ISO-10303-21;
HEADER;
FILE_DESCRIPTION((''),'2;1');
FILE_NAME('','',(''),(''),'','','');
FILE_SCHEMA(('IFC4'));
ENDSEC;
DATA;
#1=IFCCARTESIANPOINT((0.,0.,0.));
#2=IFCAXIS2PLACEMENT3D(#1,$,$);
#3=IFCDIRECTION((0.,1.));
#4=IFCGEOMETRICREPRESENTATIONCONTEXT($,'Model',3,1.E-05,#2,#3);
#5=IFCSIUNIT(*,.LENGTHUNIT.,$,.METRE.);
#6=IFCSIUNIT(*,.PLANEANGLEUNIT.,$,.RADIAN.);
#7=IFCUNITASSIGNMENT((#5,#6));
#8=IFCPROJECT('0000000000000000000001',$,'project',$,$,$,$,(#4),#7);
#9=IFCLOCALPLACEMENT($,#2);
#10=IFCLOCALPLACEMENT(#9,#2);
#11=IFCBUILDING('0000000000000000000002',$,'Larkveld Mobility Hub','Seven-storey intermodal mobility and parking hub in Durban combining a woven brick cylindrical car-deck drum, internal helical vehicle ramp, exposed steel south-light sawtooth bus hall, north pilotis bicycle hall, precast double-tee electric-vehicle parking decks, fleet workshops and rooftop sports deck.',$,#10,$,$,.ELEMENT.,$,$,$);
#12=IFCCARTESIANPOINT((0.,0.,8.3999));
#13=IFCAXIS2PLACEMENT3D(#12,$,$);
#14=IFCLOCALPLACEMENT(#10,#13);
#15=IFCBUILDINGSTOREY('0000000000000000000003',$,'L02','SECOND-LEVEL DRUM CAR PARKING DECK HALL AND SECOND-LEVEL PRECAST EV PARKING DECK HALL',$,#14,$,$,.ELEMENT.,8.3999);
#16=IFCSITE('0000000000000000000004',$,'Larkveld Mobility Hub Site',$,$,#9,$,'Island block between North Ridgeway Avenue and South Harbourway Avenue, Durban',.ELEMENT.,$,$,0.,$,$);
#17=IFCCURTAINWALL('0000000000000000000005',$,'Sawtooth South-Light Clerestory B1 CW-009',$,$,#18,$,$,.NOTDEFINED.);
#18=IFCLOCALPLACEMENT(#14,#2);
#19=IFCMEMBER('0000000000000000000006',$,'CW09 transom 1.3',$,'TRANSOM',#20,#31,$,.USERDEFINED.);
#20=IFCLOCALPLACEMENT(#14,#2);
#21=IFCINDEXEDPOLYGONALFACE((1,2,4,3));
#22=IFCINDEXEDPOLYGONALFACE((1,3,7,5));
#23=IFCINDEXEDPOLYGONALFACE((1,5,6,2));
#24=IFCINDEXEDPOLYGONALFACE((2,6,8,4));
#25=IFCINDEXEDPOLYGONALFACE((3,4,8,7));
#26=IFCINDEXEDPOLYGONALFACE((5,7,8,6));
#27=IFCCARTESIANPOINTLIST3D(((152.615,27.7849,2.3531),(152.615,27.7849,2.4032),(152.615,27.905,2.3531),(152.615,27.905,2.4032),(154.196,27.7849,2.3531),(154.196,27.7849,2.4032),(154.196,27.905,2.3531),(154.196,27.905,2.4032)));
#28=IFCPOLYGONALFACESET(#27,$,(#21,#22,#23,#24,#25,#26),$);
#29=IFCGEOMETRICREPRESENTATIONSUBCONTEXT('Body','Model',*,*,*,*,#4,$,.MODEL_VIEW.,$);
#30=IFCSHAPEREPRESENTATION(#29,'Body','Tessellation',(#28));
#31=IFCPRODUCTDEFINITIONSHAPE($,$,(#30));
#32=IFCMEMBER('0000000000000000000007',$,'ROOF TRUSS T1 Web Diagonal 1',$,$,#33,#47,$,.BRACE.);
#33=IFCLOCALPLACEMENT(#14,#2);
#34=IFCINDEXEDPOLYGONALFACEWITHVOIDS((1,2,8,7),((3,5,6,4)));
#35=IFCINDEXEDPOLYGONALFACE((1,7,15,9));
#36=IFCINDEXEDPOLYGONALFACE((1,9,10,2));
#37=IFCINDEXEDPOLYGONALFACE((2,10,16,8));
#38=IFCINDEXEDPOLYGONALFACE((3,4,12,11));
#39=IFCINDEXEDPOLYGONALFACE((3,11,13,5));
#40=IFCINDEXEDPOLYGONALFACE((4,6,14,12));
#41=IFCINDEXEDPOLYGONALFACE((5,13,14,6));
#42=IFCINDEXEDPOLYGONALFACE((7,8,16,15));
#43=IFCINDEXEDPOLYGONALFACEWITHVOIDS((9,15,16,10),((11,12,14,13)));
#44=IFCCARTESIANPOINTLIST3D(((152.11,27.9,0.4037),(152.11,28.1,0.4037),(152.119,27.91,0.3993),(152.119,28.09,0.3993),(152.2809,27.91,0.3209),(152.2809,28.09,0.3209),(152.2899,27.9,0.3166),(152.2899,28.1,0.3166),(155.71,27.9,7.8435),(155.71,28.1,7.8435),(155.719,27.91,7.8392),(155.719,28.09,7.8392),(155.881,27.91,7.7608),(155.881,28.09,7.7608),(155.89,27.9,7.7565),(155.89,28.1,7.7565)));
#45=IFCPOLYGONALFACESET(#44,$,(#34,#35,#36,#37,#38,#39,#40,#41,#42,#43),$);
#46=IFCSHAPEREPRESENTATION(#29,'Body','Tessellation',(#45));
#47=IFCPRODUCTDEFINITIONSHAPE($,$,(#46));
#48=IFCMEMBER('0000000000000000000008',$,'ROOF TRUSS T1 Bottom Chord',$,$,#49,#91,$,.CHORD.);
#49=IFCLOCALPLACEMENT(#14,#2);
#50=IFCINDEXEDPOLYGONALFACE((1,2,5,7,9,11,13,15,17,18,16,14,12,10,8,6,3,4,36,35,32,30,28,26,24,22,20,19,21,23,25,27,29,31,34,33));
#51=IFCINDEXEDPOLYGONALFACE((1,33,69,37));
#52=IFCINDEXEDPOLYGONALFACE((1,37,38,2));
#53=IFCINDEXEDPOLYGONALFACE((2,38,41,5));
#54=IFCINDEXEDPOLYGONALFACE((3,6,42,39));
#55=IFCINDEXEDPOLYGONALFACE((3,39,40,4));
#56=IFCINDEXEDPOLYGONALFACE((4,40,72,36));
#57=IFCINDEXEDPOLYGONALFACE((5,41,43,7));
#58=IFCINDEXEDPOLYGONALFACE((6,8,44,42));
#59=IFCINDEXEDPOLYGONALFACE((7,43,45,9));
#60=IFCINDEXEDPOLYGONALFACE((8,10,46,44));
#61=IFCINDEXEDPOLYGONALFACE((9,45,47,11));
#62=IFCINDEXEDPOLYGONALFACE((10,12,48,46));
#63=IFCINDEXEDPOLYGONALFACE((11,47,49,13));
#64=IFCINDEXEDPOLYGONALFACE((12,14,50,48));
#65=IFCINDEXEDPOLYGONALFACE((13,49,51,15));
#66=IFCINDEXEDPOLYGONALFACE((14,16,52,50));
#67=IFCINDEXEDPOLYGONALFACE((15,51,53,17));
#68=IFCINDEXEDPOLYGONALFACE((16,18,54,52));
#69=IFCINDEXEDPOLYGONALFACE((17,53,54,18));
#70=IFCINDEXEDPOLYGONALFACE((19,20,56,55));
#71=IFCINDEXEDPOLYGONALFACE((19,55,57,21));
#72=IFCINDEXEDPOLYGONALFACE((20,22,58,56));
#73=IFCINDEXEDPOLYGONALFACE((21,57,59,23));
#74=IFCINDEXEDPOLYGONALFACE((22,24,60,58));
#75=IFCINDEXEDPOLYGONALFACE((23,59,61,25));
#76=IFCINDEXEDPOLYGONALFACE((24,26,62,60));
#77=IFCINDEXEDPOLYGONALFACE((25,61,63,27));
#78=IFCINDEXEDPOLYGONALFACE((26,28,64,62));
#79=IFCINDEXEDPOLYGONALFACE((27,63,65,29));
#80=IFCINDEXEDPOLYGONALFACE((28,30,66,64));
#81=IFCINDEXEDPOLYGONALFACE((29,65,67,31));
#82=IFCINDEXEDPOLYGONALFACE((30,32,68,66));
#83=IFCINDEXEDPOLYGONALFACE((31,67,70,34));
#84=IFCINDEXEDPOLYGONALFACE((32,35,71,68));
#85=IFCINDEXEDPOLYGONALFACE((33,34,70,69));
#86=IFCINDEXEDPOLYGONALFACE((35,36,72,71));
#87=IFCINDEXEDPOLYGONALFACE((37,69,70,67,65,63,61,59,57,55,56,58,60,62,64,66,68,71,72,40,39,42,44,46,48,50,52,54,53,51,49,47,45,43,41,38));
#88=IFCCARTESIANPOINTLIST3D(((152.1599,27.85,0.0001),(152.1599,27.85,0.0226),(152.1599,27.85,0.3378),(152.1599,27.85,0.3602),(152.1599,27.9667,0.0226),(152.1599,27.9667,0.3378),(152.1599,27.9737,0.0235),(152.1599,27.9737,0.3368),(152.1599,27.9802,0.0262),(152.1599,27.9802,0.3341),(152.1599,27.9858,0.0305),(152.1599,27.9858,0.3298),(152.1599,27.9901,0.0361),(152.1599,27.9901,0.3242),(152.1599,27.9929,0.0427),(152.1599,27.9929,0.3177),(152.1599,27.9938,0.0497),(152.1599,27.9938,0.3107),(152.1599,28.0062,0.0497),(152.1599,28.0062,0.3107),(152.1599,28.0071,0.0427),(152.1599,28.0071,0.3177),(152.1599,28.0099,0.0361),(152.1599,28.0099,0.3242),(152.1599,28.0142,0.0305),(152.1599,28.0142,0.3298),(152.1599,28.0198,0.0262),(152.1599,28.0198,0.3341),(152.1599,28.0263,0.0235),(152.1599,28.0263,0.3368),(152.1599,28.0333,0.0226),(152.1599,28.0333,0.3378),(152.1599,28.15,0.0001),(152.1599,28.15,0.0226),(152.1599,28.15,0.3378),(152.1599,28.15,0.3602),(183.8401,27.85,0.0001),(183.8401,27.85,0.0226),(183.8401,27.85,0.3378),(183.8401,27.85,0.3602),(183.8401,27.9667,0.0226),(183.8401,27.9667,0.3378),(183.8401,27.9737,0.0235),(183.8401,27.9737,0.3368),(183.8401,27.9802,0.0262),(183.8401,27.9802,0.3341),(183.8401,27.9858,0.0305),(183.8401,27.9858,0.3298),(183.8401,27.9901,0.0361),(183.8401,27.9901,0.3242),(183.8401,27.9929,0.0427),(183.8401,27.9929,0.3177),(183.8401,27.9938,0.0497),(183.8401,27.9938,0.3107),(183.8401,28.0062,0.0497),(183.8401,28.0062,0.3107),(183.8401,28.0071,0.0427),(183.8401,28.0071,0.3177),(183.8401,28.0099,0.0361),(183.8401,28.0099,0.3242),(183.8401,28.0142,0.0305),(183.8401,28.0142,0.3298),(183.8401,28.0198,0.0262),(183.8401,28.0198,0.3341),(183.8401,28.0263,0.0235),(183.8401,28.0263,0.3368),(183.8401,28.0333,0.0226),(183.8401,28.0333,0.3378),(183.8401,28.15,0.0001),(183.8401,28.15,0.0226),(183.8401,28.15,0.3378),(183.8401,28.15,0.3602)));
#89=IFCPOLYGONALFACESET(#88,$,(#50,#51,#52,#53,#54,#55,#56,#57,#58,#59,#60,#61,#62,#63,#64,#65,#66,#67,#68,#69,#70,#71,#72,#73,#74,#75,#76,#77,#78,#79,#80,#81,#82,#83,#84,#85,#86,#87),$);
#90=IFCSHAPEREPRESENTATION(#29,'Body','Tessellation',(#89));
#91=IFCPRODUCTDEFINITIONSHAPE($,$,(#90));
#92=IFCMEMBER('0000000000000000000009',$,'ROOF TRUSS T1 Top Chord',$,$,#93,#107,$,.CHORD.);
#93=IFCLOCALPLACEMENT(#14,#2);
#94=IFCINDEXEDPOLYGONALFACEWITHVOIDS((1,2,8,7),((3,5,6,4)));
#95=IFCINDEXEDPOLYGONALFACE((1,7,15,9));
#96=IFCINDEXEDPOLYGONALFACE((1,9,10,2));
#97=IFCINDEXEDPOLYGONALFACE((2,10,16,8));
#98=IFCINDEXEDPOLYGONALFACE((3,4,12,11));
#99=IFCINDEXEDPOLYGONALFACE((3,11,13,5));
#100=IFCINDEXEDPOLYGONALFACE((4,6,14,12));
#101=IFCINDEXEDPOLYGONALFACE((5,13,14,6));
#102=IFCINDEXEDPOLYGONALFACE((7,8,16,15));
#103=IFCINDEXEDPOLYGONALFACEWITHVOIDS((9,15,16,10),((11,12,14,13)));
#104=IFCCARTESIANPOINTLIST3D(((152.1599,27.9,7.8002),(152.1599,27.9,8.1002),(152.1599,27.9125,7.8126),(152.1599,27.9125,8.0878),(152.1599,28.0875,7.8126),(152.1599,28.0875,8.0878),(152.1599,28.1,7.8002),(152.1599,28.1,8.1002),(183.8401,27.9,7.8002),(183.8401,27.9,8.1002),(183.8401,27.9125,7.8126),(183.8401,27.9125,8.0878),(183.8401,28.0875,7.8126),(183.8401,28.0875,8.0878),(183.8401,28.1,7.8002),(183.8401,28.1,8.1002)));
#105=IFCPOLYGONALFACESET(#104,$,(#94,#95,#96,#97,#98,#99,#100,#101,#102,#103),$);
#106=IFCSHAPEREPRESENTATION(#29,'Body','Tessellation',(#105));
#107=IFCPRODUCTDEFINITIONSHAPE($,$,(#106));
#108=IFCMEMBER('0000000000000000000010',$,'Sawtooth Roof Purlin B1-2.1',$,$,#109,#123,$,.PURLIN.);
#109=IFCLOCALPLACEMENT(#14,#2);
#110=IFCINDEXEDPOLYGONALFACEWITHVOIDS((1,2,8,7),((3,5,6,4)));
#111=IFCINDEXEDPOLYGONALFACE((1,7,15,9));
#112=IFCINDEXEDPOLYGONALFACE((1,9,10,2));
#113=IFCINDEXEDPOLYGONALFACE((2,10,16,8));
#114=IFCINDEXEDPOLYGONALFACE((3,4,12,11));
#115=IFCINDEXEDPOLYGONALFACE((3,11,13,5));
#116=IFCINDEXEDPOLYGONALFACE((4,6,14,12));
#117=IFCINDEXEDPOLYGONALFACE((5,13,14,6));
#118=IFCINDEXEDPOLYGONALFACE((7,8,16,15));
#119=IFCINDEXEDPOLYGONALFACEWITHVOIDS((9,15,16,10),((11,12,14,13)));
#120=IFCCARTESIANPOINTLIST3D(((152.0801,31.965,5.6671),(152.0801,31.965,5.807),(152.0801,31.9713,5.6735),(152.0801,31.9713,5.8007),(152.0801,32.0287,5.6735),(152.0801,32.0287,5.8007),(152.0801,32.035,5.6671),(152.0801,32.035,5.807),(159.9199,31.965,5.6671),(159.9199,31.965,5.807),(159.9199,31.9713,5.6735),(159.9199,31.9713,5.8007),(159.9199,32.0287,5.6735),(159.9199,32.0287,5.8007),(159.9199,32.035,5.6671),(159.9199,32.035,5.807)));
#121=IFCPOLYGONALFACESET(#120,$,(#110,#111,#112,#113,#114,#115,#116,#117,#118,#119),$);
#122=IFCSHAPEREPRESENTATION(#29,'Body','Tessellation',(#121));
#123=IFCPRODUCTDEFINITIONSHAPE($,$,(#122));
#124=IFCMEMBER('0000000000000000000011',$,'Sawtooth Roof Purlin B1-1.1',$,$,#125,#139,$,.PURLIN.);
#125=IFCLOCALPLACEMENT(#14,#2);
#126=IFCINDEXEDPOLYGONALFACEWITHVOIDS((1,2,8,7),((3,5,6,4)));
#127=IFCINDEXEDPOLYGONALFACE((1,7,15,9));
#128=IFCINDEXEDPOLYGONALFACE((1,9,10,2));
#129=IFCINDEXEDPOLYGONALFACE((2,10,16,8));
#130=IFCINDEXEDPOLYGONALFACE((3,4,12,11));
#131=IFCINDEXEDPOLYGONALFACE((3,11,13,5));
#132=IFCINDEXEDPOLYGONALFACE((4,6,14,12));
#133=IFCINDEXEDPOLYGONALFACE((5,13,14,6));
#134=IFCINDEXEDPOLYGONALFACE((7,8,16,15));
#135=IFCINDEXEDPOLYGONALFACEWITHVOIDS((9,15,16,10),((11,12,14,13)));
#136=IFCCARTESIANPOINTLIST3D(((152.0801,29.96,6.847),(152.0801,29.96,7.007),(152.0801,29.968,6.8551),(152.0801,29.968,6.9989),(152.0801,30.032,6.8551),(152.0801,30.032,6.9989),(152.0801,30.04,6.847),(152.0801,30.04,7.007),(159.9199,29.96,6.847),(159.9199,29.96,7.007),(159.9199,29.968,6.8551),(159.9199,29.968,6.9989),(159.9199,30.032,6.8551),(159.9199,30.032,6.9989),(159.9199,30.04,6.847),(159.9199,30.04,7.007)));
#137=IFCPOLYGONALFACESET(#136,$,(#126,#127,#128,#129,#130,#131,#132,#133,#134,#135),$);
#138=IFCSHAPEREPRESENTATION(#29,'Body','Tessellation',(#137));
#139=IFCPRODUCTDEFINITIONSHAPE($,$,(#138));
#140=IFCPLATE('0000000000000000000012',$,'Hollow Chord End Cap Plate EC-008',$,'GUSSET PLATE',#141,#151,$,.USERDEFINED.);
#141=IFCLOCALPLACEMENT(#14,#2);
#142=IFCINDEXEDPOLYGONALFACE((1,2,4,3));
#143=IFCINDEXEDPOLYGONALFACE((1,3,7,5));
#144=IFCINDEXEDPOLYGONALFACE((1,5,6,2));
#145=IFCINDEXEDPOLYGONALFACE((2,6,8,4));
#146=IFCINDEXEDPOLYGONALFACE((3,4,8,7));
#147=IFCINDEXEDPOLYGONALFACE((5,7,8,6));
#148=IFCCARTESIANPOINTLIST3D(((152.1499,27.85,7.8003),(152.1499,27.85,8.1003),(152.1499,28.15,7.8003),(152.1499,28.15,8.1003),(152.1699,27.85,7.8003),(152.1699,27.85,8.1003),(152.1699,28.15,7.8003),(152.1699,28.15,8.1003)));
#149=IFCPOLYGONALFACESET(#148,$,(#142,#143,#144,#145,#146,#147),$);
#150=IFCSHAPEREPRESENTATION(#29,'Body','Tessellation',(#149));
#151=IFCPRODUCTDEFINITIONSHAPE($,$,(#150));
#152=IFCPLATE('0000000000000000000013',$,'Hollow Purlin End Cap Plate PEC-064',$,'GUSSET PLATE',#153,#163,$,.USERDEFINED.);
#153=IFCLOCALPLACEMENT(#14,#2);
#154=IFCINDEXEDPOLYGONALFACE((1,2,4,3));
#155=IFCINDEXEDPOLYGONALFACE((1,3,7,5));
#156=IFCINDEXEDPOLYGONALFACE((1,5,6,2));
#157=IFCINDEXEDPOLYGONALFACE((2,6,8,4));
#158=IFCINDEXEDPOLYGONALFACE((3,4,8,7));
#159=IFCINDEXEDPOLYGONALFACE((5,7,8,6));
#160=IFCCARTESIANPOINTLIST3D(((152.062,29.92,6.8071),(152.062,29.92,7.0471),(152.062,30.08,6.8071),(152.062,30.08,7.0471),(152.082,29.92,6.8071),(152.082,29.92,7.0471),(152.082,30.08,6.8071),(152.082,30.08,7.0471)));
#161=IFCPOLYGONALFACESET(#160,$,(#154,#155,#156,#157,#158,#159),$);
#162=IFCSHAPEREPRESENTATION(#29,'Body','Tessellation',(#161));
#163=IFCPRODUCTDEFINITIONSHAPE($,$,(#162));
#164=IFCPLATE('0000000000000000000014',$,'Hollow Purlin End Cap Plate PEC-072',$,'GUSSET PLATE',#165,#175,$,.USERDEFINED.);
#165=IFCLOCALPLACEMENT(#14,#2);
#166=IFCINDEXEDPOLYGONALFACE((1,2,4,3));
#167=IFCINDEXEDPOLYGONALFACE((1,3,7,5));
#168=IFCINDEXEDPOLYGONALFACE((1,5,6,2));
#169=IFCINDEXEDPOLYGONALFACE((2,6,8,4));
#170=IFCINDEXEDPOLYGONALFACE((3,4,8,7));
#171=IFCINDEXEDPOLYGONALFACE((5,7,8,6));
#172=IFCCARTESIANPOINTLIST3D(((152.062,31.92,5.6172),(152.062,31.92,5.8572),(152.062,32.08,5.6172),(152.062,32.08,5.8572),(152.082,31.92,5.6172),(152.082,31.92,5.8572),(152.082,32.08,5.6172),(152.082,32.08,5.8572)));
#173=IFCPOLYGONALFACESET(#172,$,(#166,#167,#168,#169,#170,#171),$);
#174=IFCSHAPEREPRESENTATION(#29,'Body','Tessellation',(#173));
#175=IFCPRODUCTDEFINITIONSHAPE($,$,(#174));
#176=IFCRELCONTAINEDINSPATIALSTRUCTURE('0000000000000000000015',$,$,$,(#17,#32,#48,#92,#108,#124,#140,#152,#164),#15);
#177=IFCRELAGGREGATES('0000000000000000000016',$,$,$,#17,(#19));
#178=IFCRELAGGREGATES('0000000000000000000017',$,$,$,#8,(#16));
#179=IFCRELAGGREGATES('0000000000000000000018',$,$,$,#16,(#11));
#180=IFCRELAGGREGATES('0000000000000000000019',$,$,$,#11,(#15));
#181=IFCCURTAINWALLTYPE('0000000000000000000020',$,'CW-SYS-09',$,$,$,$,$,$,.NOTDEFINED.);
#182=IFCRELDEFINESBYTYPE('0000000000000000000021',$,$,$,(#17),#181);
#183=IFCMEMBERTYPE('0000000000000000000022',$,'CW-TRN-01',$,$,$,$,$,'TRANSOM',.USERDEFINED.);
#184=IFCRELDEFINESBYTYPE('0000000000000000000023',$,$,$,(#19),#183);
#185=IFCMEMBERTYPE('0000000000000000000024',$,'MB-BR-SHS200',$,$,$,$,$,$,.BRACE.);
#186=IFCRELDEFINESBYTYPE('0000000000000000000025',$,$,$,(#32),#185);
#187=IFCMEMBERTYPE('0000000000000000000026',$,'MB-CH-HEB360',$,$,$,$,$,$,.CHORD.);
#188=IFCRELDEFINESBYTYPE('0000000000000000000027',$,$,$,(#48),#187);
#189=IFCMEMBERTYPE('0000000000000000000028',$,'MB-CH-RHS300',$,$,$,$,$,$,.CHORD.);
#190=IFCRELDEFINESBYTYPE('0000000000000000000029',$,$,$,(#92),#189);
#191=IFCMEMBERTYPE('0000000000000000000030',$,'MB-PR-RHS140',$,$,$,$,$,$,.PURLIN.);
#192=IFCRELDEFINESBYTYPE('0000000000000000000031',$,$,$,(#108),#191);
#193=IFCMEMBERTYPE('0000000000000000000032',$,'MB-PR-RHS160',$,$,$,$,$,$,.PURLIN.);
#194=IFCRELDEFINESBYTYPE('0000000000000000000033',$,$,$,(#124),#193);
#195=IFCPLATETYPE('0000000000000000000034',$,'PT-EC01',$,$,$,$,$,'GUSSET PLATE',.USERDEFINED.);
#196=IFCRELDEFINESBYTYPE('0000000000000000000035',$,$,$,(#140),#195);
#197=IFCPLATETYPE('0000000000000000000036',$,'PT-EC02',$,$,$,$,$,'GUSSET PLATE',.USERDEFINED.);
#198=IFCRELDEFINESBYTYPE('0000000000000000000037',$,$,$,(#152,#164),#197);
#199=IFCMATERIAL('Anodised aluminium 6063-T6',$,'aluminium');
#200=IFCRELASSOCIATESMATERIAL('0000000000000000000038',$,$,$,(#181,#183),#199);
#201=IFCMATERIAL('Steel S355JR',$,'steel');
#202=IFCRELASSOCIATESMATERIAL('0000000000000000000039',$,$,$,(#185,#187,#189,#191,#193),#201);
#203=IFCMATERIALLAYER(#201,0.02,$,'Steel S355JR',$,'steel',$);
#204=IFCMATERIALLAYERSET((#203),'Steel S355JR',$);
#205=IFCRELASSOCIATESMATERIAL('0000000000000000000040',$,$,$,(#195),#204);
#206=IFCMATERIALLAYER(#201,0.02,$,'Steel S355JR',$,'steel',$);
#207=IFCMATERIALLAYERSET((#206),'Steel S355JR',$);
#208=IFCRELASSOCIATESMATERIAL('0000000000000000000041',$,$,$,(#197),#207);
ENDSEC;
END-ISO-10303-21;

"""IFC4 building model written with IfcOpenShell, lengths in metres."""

from ifc_helpers import new_model, si_unit, direction, frame, origin, origin_2d, place, context, subcontext, project, spatial, rectangle, hollow_rectangle, i_section, extrude, material, layer, layer_set, material_profile, profile_set, type_object, element, aggregate, save


model = new_model("IFC4")

# Units and contexts
model_context = context("Model", 3, precision=1e-05, world=origin(), true_north=direction((0.0, 1.0)))
body_context = subcontext(model_context, "Body", "Model", "MODEL_VIEW")
ifc_project = project(units=[si_unit("LENGTHUNIT", "METRE"), si_unit("PLANEANGLEUNIT", "RADIAN")], contexts=[model_context])

# Site, building, storey
site_placement = place(None, origin())
site = spatial("IfcSite", under=ifc_project, at=site_placement, Name="Larkveld Mobility Hub Site", LongName="Island block between North Ridgeway Avenue and South Harbourway Avenue, Durban", CompositionType="ELEMENT", RefElevation=0.0)
building_placement = place(site_placement, origin())
building = spatial("IfcBuilding", under=site, at=building_placement, Name="Larkveld Mobility Hub", Description="Seven-storey intermodal mobility and parking hub in Durban combining a woven brick cylindrical car-deck drum, internal helical vehicle ramp, exposed steel south-light sawtooth bus hall, north pilotis bicycle hall, precast double-tee electric-vehicle parking decks, fleet workshops and rooftop sports deck.", CompositionType="ELEMENT")
storey_placement = place(building_placement, frame((0.0, 0.0, 8.3999)))
storey = spatial("IfcBuildingStorey", under=building, at=storey_placement, Name="L02", Description="SECOND-LEVEL DRUM CAR PARKING DECK HALL AND SECOND-LEVEL PRECAST EV PARKING DECK HALL", CompositionType="ELEMENT", Elevation=8.3999)

# Shared definitions
ifc_material_1 = material(Name="Steel S355JR", Category="steel")

# Curtain wall, member
ifc_material_2 = material(Name="Anodised aluminium 6063-T6", Category="aluminium")
curtain_wall_type = type_object("IfcCurtainWallType", Name="CW-SYS-09", PredefinedType="NOTDEFINED", material=ifc_material_2)
curtain_wall_placement = place(storey_placement, origin())
curtain_wall = element("IfcCurtainWall", 1, at=curtain_wall_placement, inside=storey, type_object=curtain_wall_type, Name="Sawtooth South-Light Clerestory B1 CW-009", PredefinedType="NOTDEFINED")
ifc_material_profile_1 = material_profile(ifc_material_2, rectangle(XDim=0.1201, YDim=0.05, at=origin_2d()), Name="ALU TRAN 50x120")
ifc_profile_set_1 = profile_set([ifc_material_profile_1], Name="Anodised aluminium 6063-T6")
member_type_1 = type_object("IfcMemberType", Name="CW-TRN-01", ElementType="TRANSOM", PredefinedType="USERDEFINED", material=ifc_profile_set_1)
member_1_placement = place(storey_placement, frame((152.615, 27.845, 2.3782), z_axis=(1.0, 0.0, 0.0), x_axis=(0.0, 1.0, 0.0)))
member_1 = element("IfcMember", 2, at=member_1_placement, type_object=member_type_1, Name="CW09 transom 1.3", ObjectType="TRANSOM", PredefinedType="USERDEFINED", context=body_context, shape_type="SweptSolid", body=[
    extrude(rectangle(XDim=0.1201, YDim=0.05, at=origin_2d()), origin(), (0.0, 0.0, 1.0), 1.5811),
])
aggregate(curtain_wall, [member_1])

# Members
ifc_material_profile_2 = material_profile(ifc_material_1, hollow_rectangle(XDim=0.2, YDim=0.2, WallThickness=0.01, at=origin_2d()), Name="SHS 200x200x10")
ifc_profile_set_2 = profile_set([ifc_material_profile_2], Name="Steel S355JR")
member_type_2 = type_object("IfcMemberType", Name="MB-BR-SHS200", PredefinedType="BRACE", material=ifc_profile_set_2)
member_2_placement = place(storey_placement, frame((152.2, 28.0, 0.3601), z_axis=(0.435573, 0.0, 0.900153), x_axis=(0.0, 1.0, 0.0)))
element("IfcMember", 3, at=member_2_placement, inside=storey, type_object=member_type_2, Name="ROOF TRUSS T1 Web Diagonal 1", PredefinedType="BRACE", context=body_context, shape_type="SweptSolid", body=[
    extrude(hollow_rectangle(XDim=0.2, YDim=0.2, WallThickness=0.01, at=origin_2d()), origin(), (0.0, 0.0, 1.0), 8.2651),
])
ifc_material_profile_3 = material_profile(ifc_material_1, i_section(OverallWidth=0.3, OverallDepth=0.3601, WebThickness=0.0125, FlangeThickness=0.0225, FilletRadius=0.0271, at=origin_2d()), Name="HEB 360")
ifc_profile_set_3 = profile_set([ifc_material_profile_3], Name="Steel S355JR")
member_type_3 = type_object("IfcMemberType", Name="MB-CH-HEB360", PredefinedType="CHORD", material=ifc_profile_set_3)
member_3_placement = place(storey_placement, frame((152.1599, 28.0, 0.1802), z_axis=(1.0, 0.0, 0.0), x_axis=(0.0, 1.0, 0.0)))
element("IfcMember", 4, at=member_3_placement, inside=storey, type_object=member_type_3, Name="ROOF TRUSS T1 Bottom Chord", PredefinedType="CHORD", context=body_context, shape_type="SweptSolid", body=[
    extrude(i_section(OverallWidth=0.3, OverallDepth=0.3601, WebThickness=0.0125, FlangeThickness=0.0225, FilletRadius=0.0271, at=origin_2d()), origin(), (0.0, 0.0, 1.0), 31.6802),
])
ifc_material_profile_4 = material_profile(ifc_material_1, hollow_rectangle(XDim=0.2, YDim=0.3, WallThickness=0.0125, at=origin_2d()), Name="RHS 300x200x12.5")
ifc_profile_set_4 = profile_set([ifc_material_profile_4], Name="Steel S355JR")
member_type_4 = type_object("IfcMemberType", Name="MB-CH-RHS300", PredefinedType="CHORD", material=ifc_profile_set_4)
member_4_placement = place(storey_placement, frame((152.1599, 28.0, 7.9502), z_axis=(1.0, 0.0, 0.0), x_axis=(0.0, 1.0, 0.0)))
element("IfcMember", 5, at=member_4_placement, inside=storey, type_object=member_type_4, Name="ROOF TRUSS T1 Top Chord", PredefinedType="CHORD", context=body_context, shape_type="SweptSolid", body=[
    extrude(hollow_rectangle(XDim=0.2, YDim=0.3, WallThickness=0.0125, at=origin_2d()), origin(), (0.0, 0.0, 1.0), 31.6802),
])
ifc_material_profile_5 = material_profile(ifc_material_1, hollow_rectangle(XDim=0.0701, YDim=0.1399, WallThickness=0.0063, at=origin_2d()), Name="RHS 140x70x6.3")
ifc_profile_set_5 = profile_set([ifc_material_profile_5], Name="Steel S355JR")
member_type_5 = type_object("IfcMemberType", Name="MB-PR-RHS140", PredefinedType="PURLIN", material=ifc_profile_set_5)
member_5_placement = place(storey_placement, frame((152.0801, 32.0, 5.7371), z_axis=(1.0, 0.0, 0.0), x_axis=(0.0, 1.0, 0.0)))
element("IfcMember", 6, at=member_5_placement, inside=storey, type_object=member_type_5, Name="Sawtooth Roof Purlin B1-2.1", PredefinedType="PURLIN", context=body_context, shape_type="SweptSolid", body=[
    extrude(hollow_rectangle(XDim=0.0701, YDim=0.1399, WallThickness=0.0063, at=origin_2d()), origin(), (0.0, 0.0, 1.0), 7.8398),
])
ifc_material_profile_6 = material_profile(ifc_material_1, hollow_rectangle(XDim=0.0801, YDim=0.1599, WallThickness=0.0081, at=origin_2d()), Name="RHS 160x80x8")
ifc_profile_set_6 = profile_set([ifc_material_profile_6], Name="Steel S355JR")
member_type_6 = type_object("IfcMemberType", Name="MB-PR-RHS160", PredefinedType="PURLIN", material=ifc_profile_set_6)
member_6_placement = place(storey_placement, frame((152.0801, 30.0, 6.927), z_axis=(1.0, 0.0, 0.0), x_axis=(0.0, 1.0, 0.0)))
element("IfcMember", 7, at=member_6_placement, inside=storey, type_object=member_type_6, Name="Sawtooth Roof Purlin B1-1.1", PredefinedType="PURLIN", context=body_context, shape_type="SweptSolid", body=[
    extrude(hollow_rectangle(XDim=0.0801, YDim=0.1599, WallThickness=0.0081, at=origin_2d()), origin(), (0.0, 0.0, 1.0), 7.8398),
])

# Plates
ifc_layer_1 = layer(ifc_material_1, 0.02, Name="Steel S355JR", Category="steel")
ifc_layer_set_1 = layer_set([ifc_layer_1], Name="Steel S355JR")
plate_type_1 = type_object("IfcPlateType", Name="PT-EC01", ElementType="GUSSET PLATE", PredefinedType="USERDEFINED", material=ifc_layer_set_1)
plate_placement = place(storey_placement, frame((152.1599, 28.0, 7.8003), z_axis=(0.0, 0.0, 1.0), x_axis=(1.0, 0.0, 0.0)))
element("IfcPlate", 8, at=plate_placement, inside=storey, type_object=plate_type_1, Name="Hollow Chord End Cap Plate EC-008", ObjectType="GUSSET PLATE", PredefinedType="USERDEFINED", context=body_context, shape_type="SweptSolid", body=[
    extrude(rectangle(XDim=0.02, YDim=0.3, at=origin_2d()), origin(), (0.0, 0.0, 1.0), 0.3),
])
ifc_layer_2 = layer(ifc_material_1, 0.02, Name="Steel S355JR", Category="steel")
ifc_layer_set_2 = layer_set([ifc_layer_2], Name="Steel S355JR")
plate_type_2 = type_object("IfcPlateType", Name="PT-EC02", ElementType="GUSSET PLATE", PredefinedType="USERDEFINED", material=ifc_layer_set_2)
for number, where, z_axis, x_axis, name in (
    (9, (152.072, 30.0, 6.8071), (0.0, 0.0, 1.0), (1.0, 0.0, 0.0), "Hollow Purlin End Cap Plate PEC-064"),
    (10, (152.072, 32.0, 5.6172), (0.0, 0.0, 1.0), (1.0, 0.0, 0.0), "Hollow Purlin End Cap Plate PEC-072"),
):
    element("IfcPlate", number, at=place(storey_placement, frame(where, z_axis=z_axis, x_axis=x_axis)), inside=storey, type_object=plate_type_2, Name=name, ObjectType="GUSSET PLATE", PredefinedType="USERDEFINED", context=body_context, shape_type="SweptSolid", body=[
        extrude(rectangle(XDim=0.02, YDim=0.1599, at=origin_2d()), origin(), (0.0, 0.0, 1.0), 0.24),
    ])

save(model, "model.ifc")
